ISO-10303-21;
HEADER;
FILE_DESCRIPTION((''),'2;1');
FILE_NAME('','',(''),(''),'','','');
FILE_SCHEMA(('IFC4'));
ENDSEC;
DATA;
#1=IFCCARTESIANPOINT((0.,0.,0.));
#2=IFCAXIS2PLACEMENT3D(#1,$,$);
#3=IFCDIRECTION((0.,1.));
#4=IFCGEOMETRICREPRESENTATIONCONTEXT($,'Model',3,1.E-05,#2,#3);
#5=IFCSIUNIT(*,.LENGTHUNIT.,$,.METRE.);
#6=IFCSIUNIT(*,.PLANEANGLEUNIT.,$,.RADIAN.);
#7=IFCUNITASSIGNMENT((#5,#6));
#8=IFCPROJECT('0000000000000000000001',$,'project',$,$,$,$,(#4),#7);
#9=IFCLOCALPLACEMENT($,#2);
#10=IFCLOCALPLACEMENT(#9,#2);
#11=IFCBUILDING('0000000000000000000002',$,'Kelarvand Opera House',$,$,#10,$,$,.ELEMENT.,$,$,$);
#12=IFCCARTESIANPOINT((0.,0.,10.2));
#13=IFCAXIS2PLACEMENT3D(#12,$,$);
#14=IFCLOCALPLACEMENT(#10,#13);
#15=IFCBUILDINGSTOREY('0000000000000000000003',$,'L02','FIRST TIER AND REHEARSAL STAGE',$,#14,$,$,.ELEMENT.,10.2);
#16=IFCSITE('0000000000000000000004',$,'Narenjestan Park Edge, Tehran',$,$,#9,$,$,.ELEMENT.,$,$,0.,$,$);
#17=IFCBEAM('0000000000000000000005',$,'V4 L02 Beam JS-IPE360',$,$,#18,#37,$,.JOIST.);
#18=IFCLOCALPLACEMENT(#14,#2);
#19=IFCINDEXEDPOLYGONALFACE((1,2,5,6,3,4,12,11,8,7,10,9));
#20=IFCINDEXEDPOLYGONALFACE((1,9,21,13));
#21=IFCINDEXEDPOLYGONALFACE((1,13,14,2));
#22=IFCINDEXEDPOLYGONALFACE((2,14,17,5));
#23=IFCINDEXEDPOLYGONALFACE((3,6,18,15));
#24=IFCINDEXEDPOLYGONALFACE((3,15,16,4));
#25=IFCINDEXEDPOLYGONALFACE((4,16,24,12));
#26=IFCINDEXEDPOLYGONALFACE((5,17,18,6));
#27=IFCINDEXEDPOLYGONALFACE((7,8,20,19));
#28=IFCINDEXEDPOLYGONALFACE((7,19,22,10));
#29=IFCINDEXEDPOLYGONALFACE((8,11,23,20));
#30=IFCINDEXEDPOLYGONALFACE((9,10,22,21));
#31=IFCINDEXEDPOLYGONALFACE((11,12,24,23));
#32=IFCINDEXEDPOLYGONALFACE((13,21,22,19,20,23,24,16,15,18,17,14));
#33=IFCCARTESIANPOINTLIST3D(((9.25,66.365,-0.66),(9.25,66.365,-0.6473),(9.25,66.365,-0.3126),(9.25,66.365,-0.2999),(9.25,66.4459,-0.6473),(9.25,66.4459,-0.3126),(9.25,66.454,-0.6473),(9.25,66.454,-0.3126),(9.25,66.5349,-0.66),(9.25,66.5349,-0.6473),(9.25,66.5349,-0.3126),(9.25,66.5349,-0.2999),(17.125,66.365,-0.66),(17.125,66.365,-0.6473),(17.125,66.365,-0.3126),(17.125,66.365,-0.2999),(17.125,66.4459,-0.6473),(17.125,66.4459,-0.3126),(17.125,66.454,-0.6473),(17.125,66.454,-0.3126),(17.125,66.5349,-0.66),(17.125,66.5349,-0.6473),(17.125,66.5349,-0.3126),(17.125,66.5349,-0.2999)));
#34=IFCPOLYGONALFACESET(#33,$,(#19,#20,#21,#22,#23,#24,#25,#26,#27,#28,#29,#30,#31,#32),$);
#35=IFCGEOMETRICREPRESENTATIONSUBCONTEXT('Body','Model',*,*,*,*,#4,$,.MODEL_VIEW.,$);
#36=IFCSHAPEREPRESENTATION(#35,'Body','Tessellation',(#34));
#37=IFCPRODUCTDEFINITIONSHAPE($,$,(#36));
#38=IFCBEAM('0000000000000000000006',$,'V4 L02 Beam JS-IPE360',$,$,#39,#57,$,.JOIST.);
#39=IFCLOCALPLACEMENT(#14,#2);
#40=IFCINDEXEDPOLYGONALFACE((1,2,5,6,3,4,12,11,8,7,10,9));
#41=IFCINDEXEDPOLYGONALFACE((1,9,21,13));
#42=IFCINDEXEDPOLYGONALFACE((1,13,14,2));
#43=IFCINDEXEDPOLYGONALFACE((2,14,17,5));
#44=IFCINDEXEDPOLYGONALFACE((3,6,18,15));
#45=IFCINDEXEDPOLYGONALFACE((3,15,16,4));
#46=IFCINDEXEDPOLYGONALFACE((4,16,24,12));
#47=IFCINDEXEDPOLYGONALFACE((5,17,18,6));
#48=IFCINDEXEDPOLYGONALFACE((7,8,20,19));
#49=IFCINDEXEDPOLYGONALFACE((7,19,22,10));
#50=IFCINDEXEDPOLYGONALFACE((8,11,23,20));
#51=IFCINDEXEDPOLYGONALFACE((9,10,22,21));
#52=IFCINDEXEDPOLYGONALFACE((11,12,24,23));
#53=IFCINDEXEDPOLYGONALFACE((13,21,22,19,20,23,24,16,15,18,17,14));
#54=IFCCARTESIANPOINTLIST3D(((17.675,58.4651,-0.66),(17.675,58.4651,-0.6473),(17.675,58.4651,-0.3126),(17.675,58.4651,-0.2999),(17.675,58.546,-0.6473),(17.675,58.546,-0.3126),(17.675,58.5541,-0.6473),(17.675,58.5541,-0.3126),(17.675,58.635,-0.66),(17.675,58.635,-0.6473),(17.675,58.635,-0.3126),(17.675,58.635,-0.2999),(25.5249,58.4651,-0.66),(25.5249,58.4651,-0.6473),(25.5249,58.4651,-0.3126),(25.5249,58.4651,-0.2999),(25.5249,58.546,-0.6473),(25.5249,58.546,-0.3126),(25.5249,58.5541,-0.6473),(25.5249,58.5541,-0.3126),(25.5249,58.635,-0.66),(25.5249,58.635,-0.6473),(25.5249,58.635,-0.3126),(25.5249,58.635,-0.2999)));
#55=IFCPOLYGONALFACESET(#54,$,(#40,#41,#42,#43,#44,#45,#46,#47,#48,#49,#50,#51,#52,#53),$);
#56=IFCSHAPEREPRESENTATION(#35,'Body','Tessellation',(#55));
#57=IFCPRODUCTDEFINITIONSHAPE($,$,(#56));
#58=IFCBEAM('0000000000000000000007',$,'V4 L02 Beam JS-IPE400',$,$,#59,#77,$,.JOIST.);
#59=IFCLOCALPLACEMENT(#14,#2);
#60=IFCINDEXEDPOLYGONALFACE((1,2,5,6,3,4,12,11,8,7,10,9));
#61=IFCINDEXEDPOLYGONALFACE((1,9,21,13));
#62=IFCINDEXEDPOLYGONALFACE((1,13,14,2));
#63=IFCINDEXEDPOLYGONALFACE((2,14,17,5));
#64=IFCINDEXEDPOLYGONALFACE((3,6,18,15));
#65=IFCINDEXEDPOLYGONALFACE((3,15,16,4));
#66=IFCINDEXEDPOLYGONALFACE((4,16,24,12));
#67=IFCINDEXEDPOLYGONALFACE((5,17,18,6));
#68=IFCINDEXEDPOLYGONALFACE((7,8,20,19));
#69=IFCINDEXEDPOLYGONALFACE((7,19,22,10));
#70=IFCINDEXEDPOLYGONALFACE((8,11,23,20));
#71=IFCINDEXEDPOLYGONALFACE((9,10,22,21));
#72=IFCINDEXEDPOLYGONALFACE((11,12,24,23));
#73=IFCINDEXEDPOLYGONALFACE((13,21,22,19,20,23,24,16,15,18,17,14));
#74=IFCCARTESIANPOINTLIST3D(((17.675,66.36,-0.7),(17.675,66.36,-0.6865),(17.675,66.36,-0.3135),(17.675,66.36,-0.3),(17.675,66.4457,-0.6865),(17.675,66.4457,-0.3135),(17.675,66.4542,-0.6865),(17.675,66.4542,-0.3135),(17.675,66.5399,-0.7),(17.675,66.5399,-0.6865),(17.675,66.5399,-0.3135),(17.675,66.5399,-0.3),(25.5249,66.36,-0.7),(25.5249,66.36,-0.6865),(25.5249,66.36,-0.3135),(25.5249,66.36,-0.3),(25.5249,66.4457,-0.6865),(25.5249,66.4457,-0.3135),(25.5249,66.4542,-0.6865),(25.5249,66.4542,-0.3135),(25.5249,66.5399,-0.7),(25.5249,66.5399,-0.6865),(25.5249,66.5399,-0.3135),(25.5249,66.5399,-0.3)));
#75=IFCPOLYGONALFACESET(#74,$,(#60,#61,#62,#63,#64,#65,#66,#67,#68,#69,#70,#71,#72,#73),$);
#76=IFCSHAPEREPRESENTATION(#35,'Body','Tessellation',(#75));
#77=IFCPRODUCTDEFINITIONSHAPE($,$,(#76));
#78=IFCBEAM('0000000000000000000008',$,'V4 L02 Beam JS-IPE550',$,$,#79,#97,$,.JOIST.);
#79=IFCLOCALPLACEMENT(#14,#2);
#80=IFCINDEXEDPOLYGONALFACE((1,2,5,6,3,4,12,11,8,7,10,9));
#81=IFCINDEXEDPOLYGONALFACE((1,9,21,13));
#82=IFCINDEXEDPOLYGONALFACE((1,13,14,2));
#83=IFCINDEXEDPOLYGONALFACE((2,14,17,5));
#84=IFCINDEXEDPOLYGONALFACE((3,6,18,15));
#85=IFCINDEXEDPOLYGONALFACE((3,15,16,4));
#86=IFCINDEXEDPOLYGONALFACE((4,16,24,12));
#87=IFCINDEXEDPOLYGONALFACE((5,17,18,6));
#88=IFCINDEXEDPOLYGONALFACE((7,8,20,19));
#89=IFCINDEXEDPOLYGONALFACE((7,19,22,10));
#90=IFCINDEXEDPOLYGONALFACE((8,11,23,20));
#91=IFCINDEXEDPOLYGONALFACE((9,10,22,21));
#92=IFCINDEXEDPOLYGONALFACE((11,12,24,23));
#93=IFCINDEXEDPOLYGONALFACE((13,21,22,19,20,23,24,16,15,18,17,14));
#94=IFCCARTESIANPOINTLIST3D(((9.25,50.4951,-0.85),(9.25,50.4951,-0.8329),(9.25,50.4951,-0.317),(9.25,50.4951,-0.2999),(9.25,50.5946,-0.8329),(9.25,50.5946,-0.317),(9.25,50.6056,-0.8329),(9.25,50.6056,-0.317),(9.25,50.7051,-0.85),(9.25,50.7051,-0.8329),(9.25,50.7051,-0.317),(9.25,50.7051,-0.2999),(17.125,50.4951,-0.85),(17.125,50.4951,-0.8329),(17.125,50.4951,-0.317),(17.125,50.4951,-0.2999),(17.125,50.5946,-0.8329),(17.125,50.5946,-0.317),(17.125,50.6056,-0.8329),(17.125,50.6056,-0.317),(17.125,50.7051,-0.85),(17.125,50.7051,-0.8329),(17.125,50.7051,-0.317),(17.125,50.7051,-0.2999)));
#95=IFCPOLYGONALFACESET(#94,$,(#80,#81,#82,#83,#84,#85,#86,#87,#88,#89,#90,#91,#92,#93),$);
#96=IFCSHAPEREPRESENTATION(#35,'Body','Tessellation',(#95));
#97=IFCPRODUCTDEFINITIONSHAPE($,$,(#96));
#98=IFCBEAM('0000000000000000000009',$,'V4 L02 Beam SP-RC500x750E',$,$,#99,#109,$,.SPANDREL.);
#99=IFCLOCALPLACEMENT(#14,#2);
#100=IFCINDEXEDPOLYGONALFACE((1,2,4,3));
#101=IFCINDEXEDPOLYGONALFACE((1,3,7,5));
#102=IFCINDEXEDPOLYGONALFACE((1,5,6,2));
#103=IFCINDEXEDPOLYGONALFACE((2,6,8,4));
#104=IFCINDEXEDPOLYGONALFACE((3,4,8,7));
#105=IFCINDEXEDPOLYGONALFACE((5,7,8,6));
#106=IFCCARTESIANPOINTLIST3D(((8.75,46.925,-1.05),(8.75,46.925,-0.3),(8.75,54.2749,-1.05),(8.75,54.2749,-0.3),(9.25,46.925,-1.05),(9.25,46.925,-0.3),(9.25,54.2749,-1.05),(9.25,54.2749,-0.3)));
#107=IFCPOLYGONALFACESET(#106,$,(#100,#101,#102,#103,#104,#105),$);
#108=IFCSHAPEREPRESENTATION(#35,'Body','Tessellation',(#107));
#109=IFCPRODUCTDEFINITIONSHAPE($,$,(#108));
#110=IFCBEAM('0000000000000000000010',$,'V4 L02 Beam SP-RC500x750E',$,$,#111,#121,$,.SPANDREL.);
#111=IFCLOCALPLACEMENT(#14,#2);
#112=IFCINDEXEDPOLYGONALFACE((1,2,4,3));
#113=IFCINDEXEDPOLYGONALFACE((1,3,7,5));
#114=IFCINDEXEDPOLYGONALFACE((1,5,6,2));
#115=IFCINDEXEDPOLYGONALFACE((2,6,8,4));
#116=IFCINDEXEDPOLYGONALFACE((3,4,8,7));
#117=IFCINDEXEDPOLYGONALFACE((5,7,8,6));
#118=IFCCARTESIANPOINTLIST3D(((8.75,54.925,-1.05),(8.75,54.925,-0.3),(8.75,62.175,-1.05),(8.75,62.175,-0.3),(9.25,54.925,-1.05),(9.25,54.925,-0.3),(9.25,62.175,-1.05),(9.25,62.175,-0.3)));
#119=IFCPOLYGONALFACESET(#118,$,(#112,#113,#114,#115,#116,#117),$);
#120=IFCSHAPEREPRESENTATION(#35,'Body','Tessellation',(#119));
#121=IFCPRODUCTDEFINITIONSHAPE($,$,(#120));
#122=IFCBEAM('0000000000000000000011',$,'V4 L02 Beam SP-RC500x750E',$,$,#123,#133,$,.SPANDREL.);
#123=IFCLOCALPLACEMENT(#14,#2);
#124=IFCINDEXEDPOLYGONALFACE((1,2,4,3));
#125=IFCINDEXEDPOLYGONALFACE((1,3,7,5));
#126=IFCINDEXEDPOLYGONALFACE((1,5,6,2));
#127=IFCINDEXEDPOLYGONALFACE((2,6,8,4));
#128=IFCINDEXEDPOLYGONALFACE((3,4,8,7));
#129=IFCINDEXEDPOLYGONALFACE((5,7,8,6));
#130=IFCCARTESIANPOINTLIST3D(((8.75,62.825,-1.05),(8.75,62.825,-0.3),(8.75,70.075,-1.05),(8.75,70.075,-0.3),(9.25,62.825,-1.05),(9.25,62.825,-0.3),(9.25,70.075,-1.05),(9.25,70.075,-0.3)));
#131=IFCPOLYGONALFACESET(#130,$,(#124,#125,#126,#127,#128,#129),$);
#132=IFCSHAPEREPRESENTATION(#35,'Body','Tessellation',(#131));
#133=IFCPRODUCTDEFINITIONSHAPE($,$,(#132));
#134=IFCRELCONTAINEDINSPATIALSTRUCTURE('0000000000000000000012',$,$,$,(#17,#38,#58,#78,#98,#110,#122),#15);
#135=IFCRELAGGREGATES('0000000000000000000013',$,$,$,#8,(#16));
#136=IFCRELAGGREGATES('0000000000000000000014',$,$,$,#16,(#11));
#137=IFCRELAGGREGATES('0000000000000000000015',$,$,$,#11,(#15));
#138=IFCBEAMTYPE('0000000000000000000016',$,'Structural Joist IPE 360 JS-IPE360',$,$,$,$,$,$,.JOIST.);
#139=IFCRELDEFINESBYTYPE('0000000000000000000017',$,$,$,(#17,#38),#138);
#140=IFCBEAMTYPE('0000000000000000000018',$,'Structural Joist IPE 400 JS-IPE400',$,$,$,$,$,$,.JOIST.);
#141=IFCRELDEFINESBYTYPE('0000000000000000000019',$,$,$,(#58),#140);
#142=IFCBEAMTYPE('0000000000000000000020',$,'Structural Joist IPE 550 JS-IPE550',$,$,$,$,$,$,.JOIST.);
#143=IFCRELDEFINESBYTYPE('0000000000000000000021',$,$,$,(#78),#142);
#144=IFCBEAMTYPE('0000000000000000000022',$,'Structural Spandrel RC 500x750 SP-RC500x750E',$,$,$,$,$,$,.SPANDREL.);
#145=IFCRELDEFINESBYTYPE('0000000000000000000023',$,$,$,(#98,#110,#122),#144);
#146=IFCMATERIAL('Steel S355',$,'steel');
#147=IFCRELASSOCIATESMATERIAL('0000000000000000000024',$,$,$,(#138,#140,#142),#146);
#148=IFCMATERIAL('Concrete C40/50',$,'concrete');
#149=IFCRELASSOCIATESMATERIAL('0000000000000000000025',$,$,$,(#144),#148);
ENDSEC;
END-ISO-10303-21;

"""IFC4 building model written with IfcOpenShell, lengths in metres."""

from ifc_helpers import new_model, si_unit, direction, frame, origin, origin_2d, place, context, subcontext, project, spatial, rectangle, i_section, extrude, material, material_profile, profile_set, type_object, element, save


model = new_model("IFC4")

# Units and contexts
model_context = context("Model", 3, precision=1e-05, world=origin(), true_north=direction((0.0, 1.0)))
body_context = subcontext(model_context, "Body", "Model", "MODEL_VIEW")
ifc_project = project(units=[si_unit("LENGTHUNIT", "METRE"), si_unit("PLANEANGLEUNIT", "RADIAN")], contexts=[model_context])

# Site, building, storey
site_placement = place(None, origin())
site = spatial("IfcSite", under=ifc_project, at=site_placement, Name="Narenjestan Park Edge, Tehran", CompositionType="ELEMENT", RefElevation=0.0)
building_placement = place(site_placement, origin())
building = spatial("IfcBuilding", under=site, at=building_placement, Name="Kelarvand Opera House", CompositionType="ELEMENT")
storey_placement = place(building_placement, frame((0.0, 0.0, 10.2)))
storey = spatial("IfcBuildingStorey", under=building, at=storey_placement, Name="L02", Description="FIRST TIER AND REHEARSAL STAGE", CompositionType="ELEMENT", Elevation=10.2)

# Beams
ifc_material_1 = material(Name="Concrete C40/50", Category="concrete")
ifc_material_2 = material(Name="Steel S355", Category="steel")
ifc_material_profile_1 = material_profile(ifc_material_2, i_section(OverallWidth=0.1699, OverallDepth=0.3601, WebThickness=0.0081, FlangeThickness=0.0127, at=origin_2d()), Name="IPE 360", Category="steel")
ifc_profile_set_1 = profile_set([ifc_material_profile_1], Name="Steel S355")
beam_type_1 = type_object("IfcBeamType", Name="Structural Joist IPE 360 JS-IPE360", PredefinedType="JOIST", material=ifc_profile_set_1)
beam_1_placement = place(storey_placement, frame((9.25, 66.45, -0.48), z_axis=(1.0, 0.0, 0.0), x_axis=(0.0, 1.0, 0.0)))
element("IfcBeam", 1, at=beam_1_placement, inside=storey, type_object=beam_type_1, Name="V4 L02 Beam JS-IPE360", PredefinedType="JOIST", context=body_context, shape_type="SweptSolid", body=[
    extrude(i_section(OverallWidth=0.1699, OverallDepth=0.3601, WebThickness=0.0081, FlangeThickness=0.0127, at=origin_2d()), origin(), (0.0, 0.0, 1.0), 7.875),
])
beam_2_placement = place(storey_placement, frame((17.675, 58.55, -0.48), z_axis=(1.0, 0.0, 0.0), x_axis=(0.0, 1.0, 0.0)))
element("IfcBeam", 2, at=beam_2_placement, inside=storey, type_object=beam_type_1, Name="V4 L02 Beam JS-IPE360", PredefinedType="JOIST", context=body_context, shape_type="SweptSolid", body=[
    extrude(i_section(OverallWidth=0.1699, OverallDepth=0.3601, WebThickness=0.0081, FlangeThickness=0.0127, at=origin_2d()), origin(), (0.0, 0.0, 1.0), 7.8499),
])
ifc_material_profile_2 = material_profile(ifc_material_2, i_section(OverallWidth=0.1799, OverallDepth=0.3999, WebThickness=0.0085, FlangeThickness=0.0134, at=origin_2d()), Name="IPE 400", Category="steel")
ifc_profile_set_2 = profile_set([ifc_material_profile_2], Name="Steel S355")
beam_type_2 = type_object("IfcBeamType", Name="Structural Joist IPE 400 JS-IPE400", PredefinedType="JOIST", material=ifc_profile_set_2)
beam_3_placement = place(storey_placement, frame((17.675, 66.45, -0.5), z_axis=(1.0, 0.0, 0.0), x_axis=(0.0, 1.0, 0.0)))
element("IfcBeam", 3, at=beam_3_placement, inside=storey, type_object=beam_type_2, Name="V4 L02 Beam JS-IPE400", PredefinedType="JOIST", context=body_context, shape_type="SweptSolid", body=[
    extrude(i_section(OverallWidth=0.1799, OverallDepth=0.3999, WebThickness=0.0085, FlangeThickness=0.0134, at=origin_2d()), origin(), (0.0, 0.0, 1.0), 7.8499),
])
ifc_material_profile_3 = material_profile(ifc_material_2, i_section(OverallWidth=0.21, OverallDepth=0.55, WebThickness=0.011, FlangeThickness=0.0171, at=origin_2d()), Name="IPE 550", Category="steel")
ifc_profile_set_3 = profile_set([ifc_material_profile_3], Name="Steel S355")
beam_type_3 = type_object("IfcBeamType", Name="Structural Joist IPE 550 JS-IPE550", PredefinedType="JOIST", material=ifc_profile_set_3)
beam_4_placement = place(storey_placement, frame((9.25, 50.6001, -0.575), z_axis=(1.0, 0.0, 0.0), x_axis=(0.0, 1.0, 0.0)))
element("IfcBeam", 4, at=beam_4_placement, inside=storey, type_object=beam_type_3, Name="V4 L02 Beam JS-IPE550", PredefinedType="JOIST", context=body_context, shape_type="SweptSolid", body=[
    extrude(i_section(OverallWidth=0.21, OverallDepth=0.55, WebThickness=0.011, FlangeThickness=0.0171, at=origin_2d()), origin(), (0.0, 0.0, 1.0), 7.875),
])
ifc_material_profile_4 = material_profile(ifc_material_1, rectangle(XDim=0.5, YDim=0.75, at=origin_2d()), Name="RC 500x750", Category="concrete")
ifc_profile_set_4 = profile_set([ifc_material_profile_4], Name="Concrete C40/50")
beam_type_4 = type_object("IfcBeamType", Name="Structural Spandrel RC 500x750 SP-RC500x750E", PredefinedType="SPANDREL", material=ifc_profile_set_4)
beam_5_placement = place(storey_placement, frame((9.0, 46.925, -0.675), z_axis=(0.0, 1.0, 0.0), x_axis=(-1.0, 0.0, 0.0)))
element("IfcBeam", 5, at=beam_5_placement, inside=storey, type_object=beam_type_4, Name="V4 L02 Beam SP-RC500x750E", PredefinedType="SPANDREL", context=body_context, shape_type="SweptSolid", body=[
    extrude(rectangle(XDim=0.5, YDim=0.75, at=origin_2d()), origin(), (0.0, 0.0, 1.0), 7.3499),
])
for number, where, z_axis, x_axis, name in (
    (6, (9.0, 54.925, -0.675), (0.0, 1.0, 0.0), (-1.0, 0.0, 0.0), "V4 L02 Beam SP-RC500x750E"),
    (7, (9.0, 62.825, -0.675), (0.0, 1.0, 0.0), (-1.0, 0.0, 0.0), "V4 L02 Beam SP-RC500x750E"),
):
    element("IfcBeam", number, at=place(storey_placement, frame(where, z_axis=z_axis, x_axis=x_axis)), inside=storey, type_object=beam_type_4, Name=name, PredefinedType="SPANDREL", context=body_context, shape_type="SweptSolid", body=[
        extrude(rectangle(XDim=0.5, YDim=0.75, at=origin_2d()), origin(), (0.0, 0.0, 1.0), 7.25),
    ])

save(model, "model.ifc")
